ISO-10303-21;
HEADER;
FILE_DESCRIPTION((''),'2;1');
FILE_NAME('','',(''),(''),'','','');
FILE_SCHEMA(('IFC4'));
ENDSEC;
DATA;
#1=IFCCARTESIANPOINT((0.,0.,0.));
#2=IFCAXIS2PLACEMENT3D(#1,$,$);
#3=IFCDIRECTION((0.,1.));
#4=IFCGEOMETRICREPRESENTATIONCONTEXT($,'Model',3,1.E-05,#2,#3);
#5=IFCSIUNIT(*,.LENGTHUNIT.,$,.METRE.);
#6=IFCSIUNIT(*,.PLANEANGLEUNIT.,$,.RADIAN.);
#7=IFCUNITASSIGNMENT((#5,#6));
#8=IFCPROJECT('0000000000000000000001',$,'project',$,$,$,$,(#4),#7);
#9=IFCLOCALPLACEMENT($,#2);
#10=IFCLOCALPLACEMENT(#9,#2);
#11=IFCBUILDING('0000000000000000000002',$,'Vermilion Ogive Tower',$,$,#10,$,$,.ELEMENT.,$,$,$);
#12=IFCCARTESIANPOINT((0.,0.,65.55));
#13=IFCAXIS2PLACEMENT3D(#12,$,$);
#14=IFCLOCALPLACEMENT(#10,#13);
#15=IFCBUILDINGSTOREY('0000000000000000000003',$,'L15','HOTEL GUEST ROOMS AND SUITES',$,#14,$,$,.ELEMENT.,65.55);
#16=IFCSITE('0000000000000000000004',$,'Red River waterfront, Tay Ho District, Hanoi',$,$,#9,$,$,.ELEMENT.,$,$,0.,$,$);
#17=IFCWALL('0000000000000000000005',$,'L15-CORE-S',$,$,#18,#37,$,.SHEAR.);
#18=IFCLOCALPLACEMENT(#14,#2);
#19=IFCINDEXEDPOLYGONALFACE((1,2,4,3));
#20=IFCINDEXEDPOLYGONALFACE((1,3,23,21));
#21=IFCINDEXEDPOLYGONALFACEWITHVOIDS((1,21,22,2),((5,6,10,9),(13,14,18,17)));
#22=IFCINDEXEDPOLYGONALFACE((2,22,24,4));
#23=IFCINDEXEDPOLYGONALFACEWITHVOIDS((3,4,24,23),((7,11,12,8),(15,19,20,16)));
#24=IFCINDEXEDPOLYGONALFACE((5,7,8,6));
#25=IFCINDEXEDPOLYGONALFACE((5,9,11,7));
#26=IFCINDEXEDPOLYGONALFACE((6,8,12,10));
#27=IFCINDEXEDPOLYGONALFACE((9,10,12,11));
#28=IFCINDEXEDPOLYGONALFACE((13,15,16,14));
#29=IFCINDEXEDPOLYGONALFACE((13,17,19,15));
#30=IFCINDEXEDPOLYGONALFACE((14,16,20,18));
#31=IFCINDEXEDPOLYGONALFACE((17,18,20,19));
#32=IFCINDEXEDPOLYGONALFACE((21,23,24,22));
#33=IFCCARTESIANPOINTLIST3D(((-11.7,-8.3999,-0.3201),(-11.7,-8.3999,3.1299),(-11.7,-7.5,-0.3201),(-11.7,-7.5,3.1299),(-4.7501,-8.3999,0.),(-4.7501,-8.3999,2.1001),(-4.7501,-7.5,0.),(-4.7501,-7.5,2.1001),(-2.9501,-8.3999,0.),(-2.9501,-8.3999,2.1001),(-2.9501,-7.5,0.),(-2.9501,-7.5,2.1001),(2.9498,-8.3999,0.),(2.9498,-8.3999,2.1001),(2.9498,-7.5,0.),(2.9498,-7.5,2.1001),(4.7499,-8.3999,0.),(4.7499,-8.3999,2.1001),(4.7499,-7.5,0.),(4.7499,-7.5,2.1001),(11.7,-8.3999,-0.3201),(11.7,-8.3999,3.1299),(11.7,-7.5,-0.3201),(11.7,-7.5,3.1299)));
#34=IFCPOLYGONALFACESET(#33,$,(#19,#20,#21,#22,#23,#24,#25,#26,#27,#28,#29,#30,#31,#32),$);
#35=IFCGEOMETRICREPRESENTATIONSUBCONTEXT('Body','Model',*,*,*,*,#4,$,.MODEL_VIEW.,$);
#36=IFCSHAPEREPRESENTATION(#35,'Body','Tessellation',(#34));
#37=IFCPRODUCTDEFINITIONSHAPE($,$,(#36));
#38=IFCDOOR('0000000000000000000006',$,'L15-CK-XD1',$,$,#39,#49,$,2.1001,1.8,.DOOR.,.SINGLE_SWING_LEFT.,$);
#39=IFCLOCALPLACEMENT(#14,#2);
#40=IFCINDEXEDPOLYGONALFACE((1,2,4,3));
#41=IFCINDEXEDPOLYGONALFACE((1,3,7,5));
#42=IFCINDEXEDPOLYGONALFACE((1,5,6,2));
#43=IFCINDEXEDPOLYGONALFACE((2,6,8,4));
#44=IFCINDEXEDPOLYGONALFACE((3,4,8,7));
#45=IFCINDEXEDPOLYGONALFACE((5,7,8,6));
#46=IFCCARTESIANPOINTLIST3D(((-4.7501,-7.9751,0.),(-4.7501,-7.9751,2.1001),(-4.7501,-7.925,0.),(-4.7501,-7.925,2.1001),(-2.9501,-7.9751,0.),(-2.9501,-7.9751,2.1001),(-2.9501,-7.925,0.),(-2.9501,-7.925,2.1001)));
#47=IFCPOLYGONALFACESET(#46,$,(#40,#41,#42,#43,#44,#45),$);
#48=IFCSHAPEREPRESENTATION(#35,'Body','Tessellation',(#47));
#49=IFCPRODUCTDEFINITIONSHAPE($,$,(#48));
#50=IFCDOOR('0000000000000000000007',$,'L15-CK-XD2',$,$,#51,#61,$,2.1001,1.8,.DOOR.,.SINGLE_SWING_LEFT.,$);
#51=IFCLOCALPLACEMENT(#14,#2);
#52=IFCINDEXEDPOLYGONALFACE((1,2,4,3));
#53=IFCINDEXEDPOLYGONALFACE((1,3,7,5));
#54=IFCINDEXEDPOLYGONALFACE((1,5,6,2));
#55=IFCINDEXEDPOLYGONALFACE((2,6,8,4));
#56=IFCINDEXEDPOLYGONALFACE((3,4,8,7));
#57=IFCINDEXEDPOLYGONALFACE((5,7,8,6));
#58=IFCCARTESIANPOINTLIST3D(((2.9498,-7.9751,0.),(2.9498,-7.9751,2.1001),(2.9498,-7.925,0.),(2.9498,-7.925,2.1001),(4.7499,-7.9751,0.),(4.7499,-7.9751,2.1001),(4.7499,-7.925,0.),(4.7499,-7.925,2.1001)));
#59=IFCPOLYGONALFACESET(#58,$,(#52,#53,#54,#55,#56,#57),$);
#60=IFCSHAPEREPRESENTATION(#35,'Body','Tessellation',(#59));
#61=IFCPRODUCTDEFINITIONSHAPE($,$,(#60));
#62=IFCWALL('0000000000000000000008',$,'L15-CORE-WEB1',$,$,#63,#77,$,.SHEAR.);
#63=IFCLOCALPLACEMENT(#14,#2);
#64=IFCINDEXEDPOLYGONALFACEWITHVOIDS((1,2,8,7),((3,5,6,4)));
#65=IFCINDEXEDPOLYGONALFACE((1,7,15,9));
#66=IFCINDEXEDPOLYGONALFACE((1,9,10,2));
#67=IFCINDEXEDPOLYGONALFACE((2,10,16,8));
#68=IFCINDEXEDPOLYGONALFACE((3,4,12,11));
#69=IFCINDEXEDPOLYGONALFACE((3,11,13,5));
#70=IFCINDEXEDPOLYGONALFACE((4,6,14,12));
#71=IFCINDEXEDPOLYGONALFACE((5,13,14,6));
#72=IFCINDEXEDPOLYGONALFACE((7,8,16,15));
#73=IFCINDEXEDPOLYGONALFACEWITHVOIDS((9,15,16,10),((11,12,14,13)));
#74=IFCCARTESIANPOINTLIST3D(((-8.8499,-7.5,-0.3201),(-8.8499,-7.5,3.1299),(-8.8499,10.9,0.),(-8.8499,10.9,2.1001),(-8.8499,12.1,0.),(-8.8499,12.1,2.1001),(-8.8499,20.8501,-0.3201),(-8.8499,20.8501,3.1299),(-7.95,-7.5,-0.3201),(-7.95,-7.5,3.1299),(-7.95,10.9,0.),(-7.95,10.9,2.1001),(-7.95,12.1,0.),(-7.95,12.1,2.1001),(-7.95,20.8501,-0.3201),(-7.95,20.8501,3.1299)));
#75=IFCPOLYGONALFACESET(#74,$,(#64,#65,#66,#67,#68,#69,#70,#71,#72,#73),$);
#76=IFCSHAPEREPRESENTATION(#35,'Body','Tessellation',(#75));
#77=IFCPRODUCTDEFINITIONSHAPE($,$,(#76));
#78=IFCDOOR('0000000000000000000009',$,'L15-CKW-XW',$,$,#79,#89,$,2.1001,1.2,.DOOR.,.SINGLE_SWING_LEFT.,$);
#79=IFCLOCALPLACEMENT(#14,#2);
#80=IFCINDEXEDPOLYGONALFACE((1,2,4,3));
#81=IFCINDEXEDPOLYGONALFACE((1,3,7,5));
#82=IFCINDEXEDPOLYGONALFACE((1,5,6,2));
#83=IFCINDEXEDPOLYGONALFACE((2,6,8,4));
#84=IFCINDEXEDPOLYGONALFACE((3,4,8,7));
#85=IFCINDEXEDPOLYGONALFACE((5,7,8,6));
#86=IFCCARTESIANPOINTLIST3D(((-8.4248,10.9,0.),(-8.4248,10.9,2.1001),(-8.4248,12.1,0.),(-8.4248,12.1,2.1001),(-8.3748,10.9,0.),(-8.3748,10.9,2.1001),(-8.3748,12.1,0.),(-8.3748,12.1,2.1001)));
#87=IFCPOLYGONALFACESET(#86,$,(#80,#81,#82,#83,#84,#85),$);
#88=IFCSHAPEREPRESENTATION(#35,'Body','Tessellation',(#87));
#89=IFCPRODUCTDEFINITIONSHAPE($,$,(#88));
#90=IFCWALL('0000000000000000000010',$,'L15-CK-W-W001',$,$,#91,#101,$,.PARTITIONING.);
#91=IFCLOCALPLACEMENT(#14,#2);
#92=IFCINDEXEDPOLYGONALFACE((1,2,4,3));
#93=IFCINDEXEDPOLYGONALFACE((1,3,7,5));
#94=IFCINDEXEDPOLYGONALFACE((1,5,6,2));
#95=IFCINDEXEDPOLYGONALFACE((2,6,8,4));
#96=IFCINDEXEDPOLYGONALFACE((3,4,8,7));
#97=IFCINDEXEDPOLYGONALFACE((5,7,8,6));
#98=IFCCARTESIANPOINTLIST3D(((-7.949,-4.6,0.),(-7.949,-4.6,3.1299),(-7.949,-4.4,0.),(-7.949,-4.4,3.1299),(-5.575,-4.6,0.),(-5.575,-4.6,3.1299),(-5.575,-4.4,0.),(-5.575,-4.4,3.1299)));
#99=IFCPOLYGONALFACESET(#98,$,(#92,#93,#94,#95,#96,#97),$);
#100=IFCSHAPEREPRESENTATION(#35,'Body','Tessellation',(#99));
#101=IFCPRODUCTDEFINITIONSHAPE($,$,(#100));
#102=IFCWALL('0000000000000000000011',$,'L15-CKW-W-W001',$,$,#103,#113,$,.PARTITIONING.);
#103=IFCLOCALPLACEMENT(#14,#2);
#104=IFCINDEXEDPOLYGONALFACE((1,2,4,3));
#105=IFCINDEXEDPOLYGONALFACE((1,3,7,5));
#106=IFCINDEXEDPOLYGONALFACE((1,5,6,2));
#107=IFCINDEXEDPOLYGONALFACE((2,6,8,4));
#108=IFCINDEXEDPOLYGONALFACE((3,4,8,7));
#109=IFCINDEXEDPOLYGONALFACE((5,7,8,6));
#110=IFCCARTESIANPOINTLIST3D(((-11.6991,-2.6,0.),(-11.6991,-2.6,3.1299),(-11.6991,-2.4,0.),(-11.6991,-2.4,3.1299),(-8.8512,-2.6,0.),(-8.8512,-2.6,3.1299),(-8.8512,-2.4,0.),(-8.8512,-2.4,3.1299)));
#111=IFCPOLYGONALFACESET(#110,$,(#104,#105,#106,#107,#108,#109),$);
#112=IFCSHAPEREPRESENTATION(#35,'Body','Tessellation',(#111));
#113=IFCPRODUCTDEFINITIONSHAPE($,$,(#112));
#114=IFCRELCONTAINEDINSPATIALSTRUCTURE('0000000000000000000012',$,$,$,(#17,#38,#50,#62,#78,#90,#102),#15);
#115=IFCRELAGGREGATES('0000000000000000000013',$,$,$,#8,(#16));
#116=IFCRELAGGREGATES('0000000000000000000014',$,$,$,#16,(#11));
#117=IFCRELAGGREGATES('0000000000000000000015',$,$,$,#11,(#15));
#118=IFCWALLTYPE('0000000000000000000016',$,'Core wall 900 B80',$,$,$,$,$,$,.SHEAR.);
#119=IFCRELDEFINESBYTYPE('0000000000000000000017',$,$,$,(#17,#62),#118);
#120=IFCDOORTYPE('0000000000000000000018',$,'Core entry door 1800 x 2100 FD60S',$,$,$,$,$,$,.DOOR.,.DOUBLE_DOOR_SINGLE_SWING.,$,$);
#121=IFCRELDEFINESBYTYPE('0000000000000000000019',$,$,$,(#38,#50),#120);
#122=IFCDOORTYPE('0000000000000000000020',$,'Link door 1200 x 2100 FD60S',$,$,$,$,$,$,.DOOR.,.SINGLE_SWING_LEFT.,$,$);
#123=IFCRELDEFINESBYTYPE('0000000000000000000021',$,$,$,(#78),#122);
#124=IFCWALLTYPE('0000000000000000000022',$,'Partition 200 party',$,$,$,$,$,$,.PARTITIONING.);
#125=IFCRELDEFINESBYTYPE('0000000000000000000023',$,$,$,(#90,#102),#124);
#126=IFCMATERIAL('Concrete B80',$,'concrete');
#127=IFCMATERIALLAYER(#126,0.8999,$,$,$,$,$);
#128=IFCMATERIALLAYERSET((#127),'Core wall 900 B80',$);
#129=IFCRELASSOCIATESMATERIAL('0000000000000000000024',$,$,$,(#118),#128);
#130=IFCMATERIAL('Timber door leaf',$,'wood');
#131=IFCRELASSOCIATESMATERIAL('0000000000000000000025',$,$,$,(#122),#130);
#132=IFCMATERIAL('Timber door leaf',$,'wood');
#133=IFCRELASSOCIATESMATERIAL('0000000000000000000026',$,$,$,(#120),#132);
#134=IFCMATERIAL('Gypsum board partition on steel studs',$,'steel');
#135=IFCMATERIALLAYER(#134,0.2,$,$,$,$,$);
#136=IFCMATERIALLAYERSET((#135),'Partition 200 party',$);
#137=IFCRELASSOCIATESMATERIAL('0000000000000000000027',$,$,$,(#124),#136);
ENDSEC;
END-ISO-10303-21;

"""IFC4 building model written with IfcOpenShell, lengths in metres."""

from ifc_helpers import new_model, si_unit, direction, frame, frame_2d, origin, place, context, subcontext, project, spatial, rectangle, extrude, material, layer, layer_set, type_object, element, fill, save


model = new_model("IFC4")

# Units and contexts
model_context = context("Model", 3, precision=1e-05, world=origin(), true_north=direction((0.0, 1.0)))
body_context = subcontext(model_context, "Body", "Model", "MODEL_VIEW")
ifc_project = project(units=[si_unit("LENGTHUNIT", "METRE"), si_unit("PLANEANGLEUNIT", "RADIAN")], contexts=[model_context])

# Site, building, storey
site_placement = place(None, origin())
site = spatial("IfcSite", under=ifc_project, at=site_placement, Name="Red River waterfront, Tay Ho District, Hanoi", CompositionType="ELEMENT", RefElevation=0.0)
building_placement = place(site_placement, origin())
building = spatial("IfcBuilding", under=site, at=building_placement, Name="Vermilion Ogive Tower", CompositionType="ELEMENT")
storey_placement = place(building_placement, frame((0.0, 0.0, 65.55)))
storey = spatial("IfcBuildingStorey", under=building, at=storey_placement, Name="L15", Description="HOTEL GUEST ROOMS AND SUITES", CompositionType="ELEMENT", Elevation=65.55)

# Wall, openings, doors
ifc_material_1 = material(Name="Concrete B80", Category="concrete")
ifc_layer_1 = layer(ifc_material_1, 0.8999)
ifc_layer_set_1 = layer_set([ifc_layer_1], Name="Core wall 900 B80")
wall_type_1 = type_object("IfcWallType", Name="Core wall 900 B80", PredefinedType="SHEAR", material=ifc_layer_set_1)
ifc_material_2 = material(Name="Timber door leaf", Category="wood")
door_type_1 = type_object("IfcDoorType", Name="Link door 1200 x 2100 FD60S", OperationType="SINGLE_SWING_LEFT", PredefinedType="DOOR", material=ifc_material_2)
wall_1_placement = place(storey_placement, frame((-11.7, -7.95, -0.3201), z_axis=(0.0, 0.0, 1.0), x_axis=(1.0, 0.0, 0.0)))
wall_1 = element("IfcWall", 1, at=wall_1_placement, inside=storey, type_object=wall_type_1, Name="L15-CORE-S", PredefinedType="SHEAR", context=body_context, shape_type="SweptSolid", body=[
    extrude(rectangle(XDim=23.3999, YDim=0.8999, at=frame_2d((11.7, 0.0))), origin(), (0.0, 0.0, 1.0), 3.45),
])
opening_1_placement = place(wall_1_placement, frame((6.95, 0.0, 0.3201)))
opening_1 = element("IfcOpeningElement", 2, at=opening_1_placement, cuts=wall_1, PredefinedType="OPENING", context=body_context, shape_type="SweptSolid", body=[
    extrude(rectangle(XDim=1.8, YDim=2.1001, at=frame_2d((0.8999, 1.05))), frame((0.0, 0.46, 0.0), z_axis=(0.0, -1.0, 0.0), x_axis=(1.0, 0.0, 0.0)), (0.0, 0.0, 1.0), 0.9199),
])
opening_2_placement = place(wall_1_placement, frame((14.6499, 0.0, 0.3201)))
opening_2 = element("IfcOpeningElement", 3, at=opening_2_placement, cuts=wall_1, PredefinedType="OPENING", context=body_context, shape_type="SweptSolid", body=[
    extrude(rectangle(XDim=1.8, YDim=2.1001, at=frame_2d((0.8999, 1.05))), frame((0.0, 0.46, 0.0), z_axis=(0.0, -1.0, 0.0), x_axis=(1.0, 0.0, 0.0)), (0.0, 0.0, 1.0), 0.9199),
])
ifc_material_3 = material(Name="Timber door leaf", Category="wood")
door_type_2 = type_object("IfcDoorType", Name="Core entry door 1800 x 2100 FD60S", OperationType="DOUBLE_DOOR_SINGLE_SWING", PredefinedType="DOOR", material=ifc_material_3)
door_1_placement = place(opening_1_placement, origin())
door_1 = element("IfcDoor", 4, at=door_1_placement, inside=storey, type_object=door_type_2, Name="L15-CK-XD1", OperationType="SINGLE_SWING_LEFT", OverallHeight=2.1001, OverallWidth=1.8, PredefinedType="DOOR", context=body_context, shape_type="SweptSolid", body=[
    extrude(rectangle(XDim=1.8, YDim=2.1001, at=frame_2d((0.8999, 1.05))), frame((0.0, 0.0249, 0.0), z_axis=(0.0, -1.0, 0.0), x_axis=(1.0, 0.0, 0.0)), (0.0, 0.0, 1.0), 0.05),
])
fill(opening_1, door_1)
door_2_placement = place(opening_2_placement, origin())
door_2 = element("IfcDoor", 5, at=door_2_placement, inside=storey, type_object=door_type_2, Name="L15-CK-XD2", OperationType="SINGLE_SWING_LEFT", OverallHeight=2.1001, OverallWidth=1.8, PredefinedType="DOOR", context=body_context, shape_type="SweptSolid", body=[
    extrude(rectangle(XDim=1.8, YDim=2.1001, at=frame_2d((0.8999, 1.05))), frame((0.0, 0.0249, 0.0), z_axis=(0.0, -1.0, 0.0), x_axis=(1.0, 0.0, 0.0)), (0.0, 0.0, 1.0), 0.05),
])
fill(opening_2, door_2)

# Wall, opening, door
wall_2_placement = place(storey_placement, frame((-8.3999, -7.5, -0.3201), z_axis=(0.0, 0.0, 1.0), x_axis=(0.0, 1.0, 0.0)))
wall_2 = element("IfcWall", 6, at=wall_2_placement, inside=storey, type_object=wall_type_1, Name="L15-CORE-WEB1", PredefinedType="SHEAR", context=body_context, shape_type="SweptSolid", body=[
    extrude(rectangle(XDim=28.3501, YDim=0.8999, at=frame_2d((14.175, 0.0))), origin(), (0.0, 0.0, 1.0), 3.45),
])
opening_3_placement = place(wall_2_placement, frame((18.3999, 0.0, 0.3201)))
opening_3 = element("IfcOpeningElement", 7, at=opening_3_placement, cuts=wall_2, PredefinedType="OPENING", context=body_context, shape_type="SweptSolid", body=[
    extrude(rectangle(XDim=1.2, YDim=2.1001, at=frame_2d((0.6001, 1.05))), frame((0.0, 0.46, 0.0), z_axis=(0.0, -1.0, 0.0), x_axis=(1.0, 0.0, 0.0)), (0.0, 0.0, 1.0), 0.9199),
])
door_3_placement = place(opening_3_placement, origin())
door_3 = element("IfcDoor", 8, at=door_3_placement, inside=storey, type_object=door_type_1, Name="L15-CKW-XW", OperationType="SINGLE_SWING_LEFT", OverallHeight=2.1001, OverallWidth=1.2, PredefinedType="DOOR", context=body_context, shape_type="SweptSolid", body=[
    extrude(rectangle(XDim=1.2, YDim=2.1001, at=frame_2d((0.6001, 1.05))), frame((0.0, 0.0249, 0.0), z_axis=(0.0, -1.0, 0.0), x_axis=(1.0, 0.0, 0.0)), (0.0, 0.0, 1.0), 0.05),
])
fill(opening_3, door_3)

# Walls
ifc_material_4 = material(Name="Gypsum board partition on steel studs", Category="steel")
ifc_layer_2 = layer(ifc_material_4, 0.2)
ifc_layer_set_2 = layer_set([ifc_layer_2], Name="Partition 200 party")
wall_type_2 = type_object("IfcWallType", Name="Partition 200 party", PredefinedType="PARTITIONING", material=ifc_layer_set_2)
wall_3_placement = place(storey_placement, frame((-7.949, -4.5, 0.0), z_axis=(0.0, 0.0, 1.0), x_axis=(1.0, 0.0, 0.0)))
element("IfcWall", 9, at=wall_3_placement, inside=storey, type_object=wall_type_2, Name="L15-CK-W-W001", PredefinedType="PARTITIONING", context=body_context, shape_type="SweptSolid", body=[
    extrude(rectangle(XDim=2.374, YDim=0.2, at=frame_2d((1.187, 0.0))), origin(), (0.0, 0.0, 1.0), 3.1299),
])
wall_4_placement = place(storey_placement, frame((-11.699, -2.5, 0.0), z_axis=(0.0, 0.0, 1.0), x_axis=(1.0, 0.0, 0.0)))
element("IfcWall", 10, at=wall_4_placement, inside=storey, type_object=wall_type_2, Name="L15-CKW-W-W001", PredefinedType="PARTITIONING", context=body_context, shape_type="SweptSolid", body=[
    extrude(rectangle(XDim=2.8479, YDim=0.2, at=frame_2d((1.4238, 0.0))), origin(), (0.0, 0.0, 1.0), 3.1299),
])

save(model, "model.ifc")
